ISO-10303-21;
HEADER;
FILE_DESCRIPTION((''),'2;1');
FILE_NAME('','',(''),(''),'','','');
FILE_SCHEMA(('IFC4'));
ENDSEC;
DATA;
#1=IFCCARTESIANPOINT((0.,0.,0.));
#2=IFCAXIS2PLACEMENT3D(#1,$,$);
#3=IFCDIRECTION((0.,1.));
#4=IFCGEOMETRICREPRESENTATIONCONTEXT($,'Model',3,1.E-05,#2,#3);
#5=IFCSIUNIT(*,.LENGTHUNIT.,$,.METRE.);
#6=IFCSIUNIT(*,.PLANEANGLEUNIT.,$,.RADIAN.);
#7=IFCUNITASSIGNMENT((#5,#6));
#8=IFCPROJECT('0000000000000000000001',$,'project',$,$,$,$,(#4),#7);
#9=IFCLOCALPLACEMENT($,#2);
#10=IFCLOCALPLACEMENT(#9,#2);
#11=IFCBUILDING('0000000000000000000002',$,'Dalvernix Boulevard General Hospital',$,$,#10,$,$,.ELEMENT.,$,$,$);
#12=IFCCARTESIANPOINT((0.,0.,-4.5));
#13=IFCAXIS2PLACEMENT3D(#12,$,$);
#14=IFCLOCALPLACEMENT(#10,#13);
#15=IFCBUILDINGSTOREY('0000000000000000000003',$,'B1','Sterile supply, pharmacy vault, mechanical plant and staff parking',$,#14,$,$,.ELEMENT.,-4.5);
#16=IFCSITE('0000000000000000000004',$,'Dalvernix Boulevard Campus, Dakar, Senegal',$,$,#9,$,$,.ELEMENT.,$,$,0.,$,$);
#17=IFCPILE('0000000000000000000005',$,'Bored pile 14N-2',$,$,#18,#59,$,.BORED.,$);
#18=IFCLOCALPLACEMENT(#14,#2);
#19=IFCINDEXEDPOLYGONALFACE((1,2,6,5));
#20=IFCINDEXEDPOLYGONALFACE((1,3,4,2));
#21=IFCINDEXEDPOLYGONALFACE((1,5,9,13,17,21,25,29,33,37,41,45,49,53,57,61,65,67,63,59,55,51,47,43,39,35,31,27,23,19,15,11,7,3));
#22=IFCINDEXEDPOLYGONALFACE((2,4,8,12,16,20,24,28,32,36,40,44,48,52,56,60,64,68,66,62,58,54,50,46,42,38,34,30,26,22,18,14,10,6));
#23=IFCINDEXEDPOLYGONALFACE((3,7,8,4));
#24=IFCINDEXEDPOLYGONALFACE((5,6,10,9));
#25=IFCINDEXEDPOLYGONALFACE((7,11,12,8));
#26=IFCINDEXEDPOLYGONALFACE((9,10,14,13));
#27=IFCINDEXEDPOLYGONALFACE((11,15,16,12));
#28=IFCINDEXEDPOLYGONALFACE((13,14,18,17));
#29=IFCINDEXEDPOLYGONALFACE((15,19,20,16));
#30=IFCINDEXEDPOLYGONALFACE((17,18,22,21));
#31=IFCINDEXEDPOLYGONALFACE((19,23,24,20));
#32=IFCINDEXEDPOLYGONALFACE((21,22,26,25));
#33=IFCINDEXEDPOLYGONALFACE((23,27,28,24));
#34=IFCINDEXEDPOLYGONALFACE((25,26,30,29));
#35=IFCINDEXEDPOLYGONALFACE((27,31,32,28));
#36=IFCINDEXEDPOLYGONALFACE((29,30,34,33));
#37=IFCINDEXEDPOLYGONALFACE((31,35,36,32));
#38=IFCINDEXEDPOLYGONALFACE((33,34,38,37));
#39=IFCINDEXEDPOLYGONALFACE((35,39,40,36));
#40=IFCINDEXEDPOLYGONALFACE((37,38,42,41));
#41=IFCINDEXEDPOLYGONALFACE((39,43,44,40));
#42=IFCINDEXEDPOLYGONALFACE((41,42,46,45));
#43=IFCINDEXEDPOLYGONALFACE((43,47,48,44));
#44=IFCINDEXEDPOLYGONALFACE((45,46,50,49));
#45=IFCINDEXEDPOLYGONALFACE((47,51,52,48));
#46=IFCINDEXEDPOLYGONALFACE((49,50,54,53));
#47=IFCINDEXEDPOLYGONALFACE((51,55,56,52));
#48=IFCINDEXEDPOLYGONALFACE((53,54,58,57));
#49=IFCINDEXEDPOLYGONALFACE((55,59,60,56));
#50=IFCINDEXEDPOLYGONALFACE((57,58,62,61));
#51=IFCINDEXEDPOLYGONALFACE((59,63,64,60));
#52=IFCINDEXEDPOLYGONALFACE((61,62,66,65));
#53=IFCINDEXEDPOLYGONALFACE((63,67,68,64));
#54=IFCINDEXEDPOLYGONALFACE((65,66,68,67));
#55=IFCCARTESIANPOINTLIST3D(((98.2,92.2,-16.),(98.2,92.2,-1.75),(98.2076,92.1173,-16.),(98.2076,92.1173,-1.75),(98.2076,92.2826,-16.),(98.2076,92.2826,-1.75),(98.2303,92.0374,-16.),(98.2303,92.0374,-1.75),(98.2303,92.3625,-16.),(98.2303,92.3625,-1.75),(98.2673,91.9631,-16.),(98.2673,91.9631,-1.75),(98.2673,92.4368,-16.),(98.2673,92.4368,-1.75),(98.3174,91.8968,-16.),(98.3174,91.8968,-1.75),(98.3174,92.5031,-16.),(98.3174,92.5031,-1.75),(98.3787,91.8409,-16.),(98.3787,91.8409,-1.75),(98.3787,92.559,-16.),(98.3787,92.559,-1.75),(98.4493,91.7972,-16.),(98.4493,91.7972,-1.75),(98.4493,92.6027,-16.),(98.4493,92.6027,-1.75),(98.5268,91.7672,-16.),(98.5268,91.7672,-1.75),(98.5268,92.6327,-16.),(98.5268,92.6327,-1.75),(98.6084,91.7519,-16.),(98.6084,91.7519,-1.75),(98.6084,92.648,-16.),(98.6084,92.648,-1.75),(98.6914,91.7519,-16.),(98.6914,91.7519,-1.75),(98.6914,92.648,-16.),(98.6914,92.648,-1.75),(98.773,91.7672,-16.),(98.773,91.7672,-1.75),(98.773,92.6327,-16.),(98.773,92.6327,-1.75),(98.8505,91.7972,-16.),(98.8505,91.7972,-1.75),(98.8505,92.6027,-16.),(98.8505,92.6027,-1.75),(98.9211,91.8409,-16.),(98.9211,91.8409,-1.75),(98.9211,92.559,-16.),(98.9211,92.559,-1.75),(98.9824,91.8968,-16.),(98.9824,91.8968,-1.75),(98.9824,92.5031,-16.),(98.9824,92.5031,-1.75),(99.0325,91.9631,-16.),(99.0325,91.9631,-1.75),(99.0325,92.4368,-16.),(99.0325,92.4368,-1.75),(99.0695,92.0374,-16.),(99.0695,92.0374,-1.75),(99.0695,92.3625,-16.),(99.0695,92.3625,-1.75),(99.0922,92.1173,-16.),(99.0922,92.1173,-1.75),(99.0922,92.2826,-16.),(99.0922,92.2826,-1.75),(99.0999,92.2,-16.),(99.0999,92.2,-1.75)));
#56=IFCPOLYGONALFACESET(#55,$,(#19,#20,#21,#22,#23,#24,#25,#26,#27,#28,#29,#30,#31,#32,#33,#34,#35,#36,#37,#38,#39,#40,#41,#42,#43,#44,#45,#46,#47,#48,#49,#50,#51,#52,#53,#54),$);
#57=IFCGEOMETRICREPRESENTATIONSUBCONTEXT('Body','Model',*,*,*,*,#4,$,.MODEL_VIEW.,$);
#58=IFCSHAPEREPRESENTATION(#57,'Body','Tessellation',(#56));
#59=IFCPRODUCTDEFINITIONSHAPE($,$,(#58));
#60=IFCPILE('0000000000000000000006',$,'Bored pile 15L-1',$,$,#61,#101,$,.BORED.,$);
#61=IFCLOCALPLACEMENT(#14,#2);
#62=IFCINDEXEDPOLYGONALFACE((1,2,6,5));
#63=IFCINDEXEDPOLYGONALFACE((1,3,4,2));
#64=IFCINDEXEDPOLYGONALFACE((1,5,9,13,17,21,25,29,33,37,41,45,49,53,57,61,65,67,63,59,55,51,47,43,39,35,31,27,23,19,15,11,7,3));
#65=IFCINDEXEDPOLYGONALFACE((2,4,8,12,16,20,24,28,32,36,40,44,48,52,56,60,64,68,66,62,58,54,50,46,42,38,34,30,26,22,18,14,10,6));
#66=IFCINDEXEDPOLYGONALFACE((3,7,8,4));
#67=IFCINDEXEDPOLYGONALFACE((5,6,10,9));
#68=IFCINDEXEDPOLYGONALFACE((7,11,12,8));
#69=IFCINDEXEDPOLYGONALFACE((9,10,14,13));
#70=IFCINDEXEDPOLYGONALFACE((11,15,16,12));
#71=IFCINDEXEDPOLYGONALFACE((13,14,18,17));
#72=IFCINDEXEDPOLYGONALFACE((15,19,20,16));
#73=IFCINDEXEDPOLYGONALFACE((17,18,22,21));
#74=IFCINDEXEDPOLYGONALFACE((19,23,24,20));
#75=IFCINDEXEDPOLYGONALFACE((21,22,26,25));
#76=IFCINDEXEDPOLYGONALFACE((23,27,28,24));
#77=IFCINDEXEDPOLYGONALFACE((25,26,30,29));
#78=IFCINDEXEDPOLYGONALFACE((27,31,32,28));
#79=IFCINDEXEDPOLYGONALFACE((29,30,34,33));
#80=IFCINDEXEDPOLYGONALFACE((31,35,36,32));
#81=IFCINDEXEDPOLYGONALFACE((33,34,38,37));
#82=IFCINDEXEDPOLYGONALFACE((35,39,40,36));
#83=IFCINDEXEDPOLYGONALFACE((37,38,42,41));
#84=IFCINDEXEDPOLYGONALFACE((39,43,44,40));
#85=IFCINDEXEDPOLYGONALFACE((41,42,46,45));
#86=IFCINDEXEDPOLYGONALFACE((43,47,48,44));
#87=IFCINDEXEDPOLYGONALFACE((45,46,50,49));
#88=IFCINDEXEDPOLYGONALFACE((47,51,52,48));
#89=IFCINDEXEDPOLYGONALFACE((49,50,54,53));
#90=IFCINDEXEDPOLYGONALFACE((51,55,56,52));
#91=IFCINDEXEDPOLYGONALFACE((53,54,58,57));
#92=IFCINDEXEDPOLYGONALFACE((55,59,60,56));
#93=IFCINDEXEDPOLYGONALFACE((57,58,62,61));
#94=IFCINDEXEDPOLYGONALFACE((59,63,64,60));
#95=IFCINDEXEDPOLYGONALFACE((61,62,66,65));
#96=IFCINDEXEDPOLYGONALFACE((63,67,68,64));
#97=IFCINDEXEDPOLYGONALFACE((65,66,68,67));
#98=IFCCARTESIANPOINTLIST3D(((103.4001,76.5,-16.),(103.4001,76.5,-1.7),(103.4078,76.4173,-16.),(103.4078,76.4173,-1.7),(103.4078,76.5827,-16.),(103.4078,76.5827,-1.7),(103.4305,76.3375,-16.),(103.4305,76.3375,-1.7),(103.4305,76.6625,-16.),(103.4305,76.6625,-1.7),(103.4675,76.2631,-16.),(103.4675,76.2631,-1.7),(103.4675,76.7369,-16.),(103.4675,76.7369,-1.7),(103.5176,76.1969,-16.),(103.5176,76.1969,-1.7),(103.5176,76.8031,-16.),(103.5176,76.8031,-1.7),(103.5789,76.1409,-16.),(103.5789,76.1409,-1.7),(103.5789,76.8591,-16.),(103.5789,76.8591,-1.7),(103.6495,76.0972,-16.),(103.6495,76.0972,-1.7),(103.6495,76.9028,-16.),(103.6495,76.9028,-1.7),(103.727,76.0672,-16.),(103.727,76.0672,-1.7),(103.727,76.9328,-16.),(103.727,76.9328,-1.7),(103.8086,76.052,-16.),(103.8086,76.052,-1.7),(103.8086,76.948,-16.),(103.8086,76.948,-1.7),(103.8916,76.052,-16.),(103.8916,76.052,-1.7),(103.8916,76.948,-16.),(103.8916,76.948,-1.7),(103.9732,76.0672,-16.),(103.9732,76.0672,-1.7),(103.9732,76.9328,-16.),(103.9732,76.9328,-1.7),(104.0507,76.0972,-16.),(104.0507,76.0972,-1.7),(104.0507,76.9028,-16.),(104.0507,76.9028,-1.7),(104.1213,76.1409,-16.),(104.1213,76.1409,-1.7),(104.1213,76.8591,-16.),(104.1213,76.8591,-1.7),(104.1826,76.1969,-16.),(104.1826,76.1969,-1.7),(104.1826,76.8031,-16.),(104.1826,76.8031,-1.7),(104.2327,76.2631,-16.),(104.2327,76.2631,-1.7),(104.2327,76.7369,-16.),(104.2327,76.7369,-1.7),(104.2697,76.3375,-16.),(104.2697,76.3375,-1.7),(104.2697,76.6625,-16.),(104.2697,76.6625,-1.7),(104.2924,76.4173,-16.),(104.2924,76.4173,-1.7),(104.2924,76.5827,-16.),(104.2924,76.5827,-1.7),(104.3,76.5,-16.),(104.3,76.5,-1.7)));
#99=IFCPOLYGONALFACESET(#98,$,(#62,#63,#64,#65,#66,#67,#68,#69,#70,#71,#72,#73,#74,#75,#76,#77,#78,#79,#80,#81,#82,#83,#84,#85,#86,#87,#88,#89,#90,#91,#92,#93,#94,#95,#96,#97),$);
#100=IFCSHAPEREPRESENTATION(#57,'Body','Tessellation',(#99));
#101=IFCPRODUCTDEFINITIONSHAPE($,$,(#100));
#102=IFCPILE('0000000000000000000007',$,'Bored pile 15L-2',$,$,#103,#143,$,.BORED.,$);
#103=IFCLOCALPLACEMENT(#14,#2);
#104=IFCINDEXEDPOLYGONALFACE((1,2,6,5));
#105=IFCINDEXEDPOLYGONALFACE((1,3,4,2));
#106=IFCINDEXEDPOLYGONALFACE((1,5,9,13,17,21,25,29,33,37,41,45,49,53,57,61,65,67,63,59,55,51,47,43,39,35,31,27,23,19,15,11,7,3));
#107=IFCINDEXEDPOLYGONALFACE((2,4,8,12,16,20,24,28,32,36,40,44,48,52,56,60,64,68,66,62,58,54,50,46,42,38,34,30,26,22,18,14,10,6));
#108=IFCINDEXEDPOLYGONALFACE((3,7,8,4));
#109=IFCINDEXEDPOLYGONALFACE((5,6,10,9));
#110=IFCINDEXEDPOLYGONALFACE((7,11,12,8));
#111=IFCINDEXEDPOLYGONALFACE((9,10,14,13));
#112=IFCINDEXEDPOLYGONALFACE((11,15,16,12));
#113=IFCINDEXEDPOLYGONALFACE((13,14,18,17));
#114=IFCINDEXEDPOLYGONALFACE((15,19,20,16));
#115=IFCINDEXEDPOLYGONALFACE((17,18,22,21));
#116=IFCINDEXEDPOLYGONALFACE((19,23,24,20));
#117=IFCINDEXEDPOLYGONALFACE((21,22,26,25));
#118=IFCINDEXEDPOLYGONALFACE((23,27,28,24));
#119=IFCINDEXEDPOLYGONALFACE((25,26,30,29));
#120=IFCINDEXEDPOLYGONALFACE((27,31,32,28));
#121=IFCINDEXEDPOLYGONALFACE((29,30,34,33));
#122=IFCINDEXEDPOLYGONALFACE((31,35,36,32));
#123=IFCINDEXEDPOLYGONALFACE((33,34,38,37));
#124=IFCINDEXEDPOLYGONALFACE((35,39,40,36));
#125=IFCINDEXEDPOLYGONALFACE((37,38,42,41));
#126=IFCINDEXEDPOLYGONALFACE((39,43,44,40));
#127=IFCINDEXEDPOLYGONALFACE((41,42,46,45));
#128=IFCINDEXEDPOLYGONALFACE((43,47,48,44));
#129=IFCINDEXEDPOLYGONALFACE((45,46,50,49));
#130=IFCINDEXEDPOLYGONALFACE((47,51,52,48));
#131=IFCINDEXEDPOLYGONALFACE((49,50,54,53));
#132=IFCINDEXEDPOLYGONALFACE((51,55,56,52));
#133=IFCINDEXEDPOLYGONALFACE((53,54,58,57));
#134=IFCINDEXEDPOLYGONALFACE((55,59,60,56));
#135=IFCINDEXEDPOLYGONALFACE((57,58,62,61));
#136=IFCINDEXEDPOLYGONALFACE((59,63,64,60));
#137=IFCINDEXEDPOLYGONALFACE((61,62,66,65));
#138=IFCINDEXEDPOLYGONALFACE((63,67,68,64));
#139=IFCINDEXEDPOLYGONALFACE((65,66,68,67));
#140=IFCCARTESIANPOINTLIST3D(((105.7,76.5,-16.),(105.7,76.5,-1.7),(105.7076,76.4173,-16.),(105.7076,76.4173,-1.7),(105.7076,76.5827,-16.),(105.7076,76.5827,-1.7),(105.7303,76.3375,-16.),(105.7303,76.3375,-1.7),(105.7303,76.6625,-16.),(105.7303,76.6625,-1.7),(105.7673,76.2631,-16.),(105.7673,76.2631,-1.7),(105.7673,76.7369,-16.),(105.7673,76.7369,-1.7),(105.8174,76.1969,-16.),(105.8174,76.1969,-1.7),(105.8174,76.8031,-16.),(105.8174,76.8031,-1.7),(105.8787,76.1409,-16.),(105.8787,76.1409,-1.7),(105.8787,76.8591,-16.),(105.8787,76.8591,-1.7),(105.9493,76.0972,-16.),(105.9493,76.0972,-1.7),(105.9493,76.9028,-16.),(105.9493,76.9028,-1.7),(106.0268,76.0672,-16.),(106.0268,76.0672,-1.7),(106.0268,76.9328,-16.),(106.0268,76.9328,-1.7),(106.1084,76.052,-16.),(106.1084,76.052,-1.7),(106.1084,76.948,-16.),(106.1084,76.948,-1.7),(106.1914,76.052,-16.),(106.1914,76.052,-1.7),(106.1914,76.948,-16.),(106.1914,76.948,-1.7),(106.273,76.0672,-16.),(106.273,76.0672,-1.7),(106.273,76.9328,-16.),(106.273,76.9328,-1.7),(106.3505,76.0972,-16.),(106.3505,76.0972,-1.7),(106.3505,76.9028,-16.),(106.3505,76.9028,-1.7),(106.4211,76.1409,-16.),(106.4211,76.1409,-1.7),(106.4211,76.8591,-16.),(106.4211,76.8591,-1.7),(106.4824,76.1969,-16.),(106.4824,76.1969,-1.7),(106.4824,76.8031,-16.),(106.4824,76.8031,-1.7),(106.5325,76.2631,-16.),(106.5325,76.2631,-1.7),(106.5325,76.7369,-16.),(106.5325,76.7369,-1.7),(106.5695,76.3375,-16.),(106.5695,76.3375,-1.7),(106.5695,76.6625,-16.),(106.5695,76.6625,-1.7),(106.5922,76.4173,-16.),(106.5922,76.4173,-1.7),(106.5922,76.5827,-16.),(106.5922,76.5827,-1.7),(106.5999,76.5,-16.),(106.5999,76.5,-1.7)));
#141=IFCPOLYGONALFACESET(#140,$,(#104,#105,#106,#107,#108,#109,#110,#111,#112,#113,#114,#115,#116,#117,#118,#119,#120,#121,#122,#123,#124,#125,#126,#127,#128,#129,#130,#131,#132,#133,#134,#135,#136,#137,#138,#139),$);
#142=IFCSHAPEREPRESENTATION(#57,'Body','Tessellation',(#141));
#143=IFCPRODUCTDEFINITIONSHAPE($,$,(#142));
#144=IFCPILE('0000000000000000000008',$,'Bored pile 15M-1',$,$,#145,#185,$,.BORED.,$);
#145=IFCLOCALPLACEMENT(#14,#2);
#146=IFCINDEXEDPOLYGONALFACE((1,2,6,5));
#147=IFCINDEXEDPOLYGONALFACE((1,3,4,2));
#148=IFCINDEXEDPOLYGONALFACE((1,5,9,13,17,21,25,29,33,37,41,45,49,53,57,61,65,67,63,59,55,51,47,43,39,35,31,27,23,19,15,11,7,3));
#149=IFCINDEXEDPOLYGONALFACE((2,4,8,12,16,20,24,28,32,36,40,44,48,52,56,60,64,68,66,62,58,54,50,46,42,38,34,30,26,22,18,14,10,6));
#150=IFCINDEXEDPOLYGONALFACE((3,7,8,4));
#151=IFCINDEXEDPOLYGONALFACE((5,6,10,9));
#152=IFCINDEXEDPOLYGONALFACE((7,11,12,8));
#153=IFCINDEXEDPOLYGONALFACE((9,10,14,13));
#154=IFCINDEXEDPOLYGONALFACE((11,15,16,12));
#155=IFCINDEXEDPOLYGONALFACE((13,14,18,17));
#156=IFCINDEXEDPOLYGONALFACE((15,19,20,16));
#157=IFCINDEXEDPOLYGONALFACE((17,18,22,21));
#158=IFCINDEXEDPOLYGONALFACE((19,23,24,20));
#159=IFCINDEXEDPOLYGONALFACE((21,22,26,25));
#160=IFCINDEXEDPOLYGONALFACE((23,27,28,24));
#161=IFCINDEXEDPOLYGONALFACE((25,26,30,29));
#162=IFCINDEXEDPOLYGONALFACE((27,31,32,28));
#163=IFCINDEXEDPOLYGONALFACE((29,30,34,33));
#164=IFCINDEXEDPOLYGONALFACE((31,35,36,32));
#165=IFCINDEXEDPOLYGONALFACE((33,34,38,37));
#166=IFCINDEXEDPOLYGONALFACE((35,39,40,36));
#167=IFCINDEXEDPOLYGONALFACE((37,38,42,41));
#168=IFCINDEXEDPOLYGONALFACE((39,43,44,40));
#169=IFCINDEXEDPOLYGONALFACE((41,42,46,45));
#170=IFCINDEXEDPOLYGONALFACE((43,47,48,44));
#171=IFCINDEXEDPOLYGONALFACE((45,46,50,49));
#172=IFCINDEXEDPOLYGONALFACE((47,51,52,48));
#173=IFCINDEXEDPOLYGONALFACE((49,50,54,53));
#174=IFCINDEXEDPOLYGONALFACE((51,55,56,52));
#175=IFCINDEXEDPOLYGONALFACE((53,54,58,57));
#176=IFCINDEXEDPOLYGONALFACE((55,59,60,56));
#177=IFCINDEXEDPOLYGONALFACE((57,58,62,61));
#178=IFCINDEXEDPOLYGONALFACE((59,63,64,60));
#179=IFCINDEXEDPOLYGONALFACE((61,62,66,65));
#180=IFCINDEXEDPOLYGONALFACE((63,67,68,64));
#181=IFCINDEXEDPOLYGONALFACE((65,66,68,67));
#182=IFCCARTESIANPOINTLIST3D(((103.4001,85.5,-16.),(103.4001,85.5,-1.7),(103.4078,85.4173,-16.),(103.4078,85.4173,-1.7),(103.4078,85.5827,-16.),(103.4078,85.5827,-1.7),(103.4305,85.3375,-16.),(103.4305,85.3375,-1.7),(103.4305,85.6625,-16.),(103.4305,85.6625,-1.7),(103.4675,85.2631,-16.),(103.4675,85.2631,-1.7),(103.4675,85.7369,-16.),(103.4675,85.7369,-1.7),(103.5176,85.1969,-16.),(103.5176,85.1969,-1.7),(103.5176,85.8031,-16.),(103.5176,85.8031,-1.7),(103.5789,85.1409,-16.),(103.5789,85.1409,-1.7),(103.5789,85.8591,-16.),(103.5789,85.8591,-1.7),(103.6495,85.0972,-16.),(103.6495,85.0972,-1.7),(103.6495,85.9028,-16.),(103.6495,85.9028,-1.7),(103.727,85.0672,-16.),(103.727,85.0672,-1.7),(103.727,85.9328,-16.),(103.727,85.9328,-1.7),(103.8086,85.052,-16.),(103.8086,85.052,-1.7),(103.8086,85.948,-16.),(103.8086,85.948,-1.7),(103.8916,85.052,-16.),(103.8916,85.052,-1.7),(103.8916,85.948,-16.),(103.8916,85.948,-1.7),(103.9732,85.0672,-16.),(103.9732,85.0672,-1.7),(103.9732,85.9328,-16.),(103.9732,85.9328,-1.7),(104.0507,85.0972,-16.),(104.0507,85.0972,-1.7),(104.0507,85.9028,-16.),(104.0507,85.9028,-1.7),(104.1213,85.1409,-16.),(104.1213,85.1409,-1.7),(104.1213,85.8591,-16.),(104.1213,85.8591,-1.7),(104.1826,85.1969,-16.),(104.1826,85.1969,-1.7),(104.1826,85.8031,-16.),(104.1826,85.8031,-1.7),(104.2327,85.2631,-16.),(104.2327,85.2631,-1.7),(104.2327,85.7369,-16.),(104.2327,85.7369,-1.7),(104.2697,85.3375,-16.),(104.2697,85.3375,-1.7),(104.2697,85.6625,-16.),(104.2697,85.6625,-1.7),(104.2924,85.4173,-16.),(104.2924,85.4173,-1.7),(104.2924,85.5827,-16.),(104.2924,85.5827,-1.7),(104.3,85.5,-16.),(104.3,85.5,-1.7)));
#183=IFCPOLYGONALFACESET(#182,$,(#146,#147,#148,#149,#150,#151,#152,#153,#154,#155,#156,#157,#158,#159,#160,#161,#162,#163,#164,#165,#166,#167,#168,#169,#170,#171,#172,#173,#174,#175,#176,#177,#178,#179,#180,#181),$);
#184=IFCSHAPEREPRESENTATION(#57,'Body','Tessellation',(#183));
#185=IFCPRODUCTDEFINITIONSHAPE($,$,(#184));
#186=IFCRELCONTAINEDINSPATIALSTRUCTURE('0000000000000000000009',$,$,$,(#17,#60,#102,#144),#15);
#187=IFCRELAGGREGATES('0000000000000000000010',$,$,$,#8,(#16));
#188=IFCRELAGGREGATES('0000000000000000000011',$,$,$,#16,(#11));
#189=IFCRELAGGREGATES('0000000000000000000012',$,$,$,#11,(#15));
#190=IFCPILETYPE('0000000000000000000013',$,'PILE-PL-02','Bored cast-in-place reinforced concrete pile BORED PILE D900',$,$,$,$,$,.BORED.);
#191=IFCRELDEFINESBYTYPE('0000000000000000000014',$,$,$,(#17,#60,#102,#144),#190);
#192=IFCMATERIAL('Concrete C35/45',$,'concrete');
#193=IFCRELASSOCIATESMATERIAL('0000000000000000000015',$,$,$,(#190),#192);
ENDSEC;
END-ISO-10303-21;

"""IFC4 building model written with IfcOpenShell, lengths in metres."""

from ifc_helpers import new_model, si_unit, direction, frame, origin, origin_2d, place, context, subcontext, project, spatial, circle, extrude, material, material_profile, profile_set, type_object, element, save


model = new_model("IFC4")

# Units and contexts
model_context = context("Model", 3, precision=1e-05, world=origin(), true_north=direction((0.0, 1.0)))
body_context = subcontext(model_context, "Body", "Model", "MODEL_VIEW")
ifc_project = project(units=[si_unit("LENGTHUNIT", "METRE"), si_unit("PLANEANGLEUNIT", "RADIAN")], contexts=[model_context])

# Site, building, storey
site_placement = place(None, origin())
site = spatial("IfcSite", under=ifc_project, at=site_placement, Name="Dalvernix Boulevard Campus, Dakar, Senegal", CompositionType="ELEMENT", RefElevation=0.0)
building_placement = place(site_placement, origin())
building = spatial("IfcBuilding", under=site, at=building_placement, Name="Dalvernix Boulevard General Hospital", CompositionType="ELEMENT")
storey_placement = place(building_placement, frame((0.0, 0.0, -4.5)))
storey = spatial("IfcBuildingStorey", under=building, at=storey_placement, Name="B1", Description="Sterile supply, pharmacy vault, mechanical plant and staff parking", CompositionType="ELEMENT", Elevation=-4.5)

# Shared definitions
ifc_material_1 = material(Name="Concrete C35/45", Category="concrete")

# Piles
ifc_material_profile_1 = material_profile(ifc_material_1, circle(Radius=0.45, at=origin_2d()), Name="BORED PILE D900")
ifc_profile_set_1 = profile_set([ifc_material_profile_1], Name="Concrete C35/45")
pile_type = type_object("IfcPileType", Name="PILE-PL-02", Description="Bored cast-in-place reinforced concrete pile BORED PILE D900", PredefinedType="BORED", material=ifc_profile_set_1)
pile_1_placement = place(storey_placement, frame((98.6499, 92.2, -1.75), z_axis=(0.0, 0.0, -1.0), x_axis=(1.0, 0.0, 0.0)))
element("IfcPile", 1, at=pile_1_placement, inside=storey, type_object=pile_type, Name="Bored pile 14N-2", PredefinedType="BORED", context=body_context, shape_type="SweptSolid", body=[
    extrude(circle(Radius=0.45, at=origin_2d()), origin(), (0.0, 0.0, 1.0), 14.25),
])
for number, where, z_axis, x_axis, name in (
    (2, (103.8501, 76.5, -1.7), (0.0, 0.0, -1.0), (1.0, 0.0, 0.0), "Bored pile 15L-1"),
    (3, (106.1499, 76.5, -1.7), (0.0, 0.0, -1.0), (1.0, 0.0, 0.0), "Bored pile 15L-2"),
    (4, (103.8501, 85.5, -1.7), (0.0, 0.0, -1.0), (1.0, 0.0, 0.0), "Bored pile 15M-1"),
):
    element("IfcPile", number, at=place(storey_placement, frame(where, z_axis=z_axis, x_axis=x_axis)), inside=storey, type_object=pile_type, Name=name, PredefinedType="BORED", context=body_context, shape_type="SweptSolid", body=[
        extrude(circle(Radius=0.45, at=origin_2d()), origin(), (0.0, 0.0, 1.0), 14.3),
    ])

save(model, "model.ifc")
